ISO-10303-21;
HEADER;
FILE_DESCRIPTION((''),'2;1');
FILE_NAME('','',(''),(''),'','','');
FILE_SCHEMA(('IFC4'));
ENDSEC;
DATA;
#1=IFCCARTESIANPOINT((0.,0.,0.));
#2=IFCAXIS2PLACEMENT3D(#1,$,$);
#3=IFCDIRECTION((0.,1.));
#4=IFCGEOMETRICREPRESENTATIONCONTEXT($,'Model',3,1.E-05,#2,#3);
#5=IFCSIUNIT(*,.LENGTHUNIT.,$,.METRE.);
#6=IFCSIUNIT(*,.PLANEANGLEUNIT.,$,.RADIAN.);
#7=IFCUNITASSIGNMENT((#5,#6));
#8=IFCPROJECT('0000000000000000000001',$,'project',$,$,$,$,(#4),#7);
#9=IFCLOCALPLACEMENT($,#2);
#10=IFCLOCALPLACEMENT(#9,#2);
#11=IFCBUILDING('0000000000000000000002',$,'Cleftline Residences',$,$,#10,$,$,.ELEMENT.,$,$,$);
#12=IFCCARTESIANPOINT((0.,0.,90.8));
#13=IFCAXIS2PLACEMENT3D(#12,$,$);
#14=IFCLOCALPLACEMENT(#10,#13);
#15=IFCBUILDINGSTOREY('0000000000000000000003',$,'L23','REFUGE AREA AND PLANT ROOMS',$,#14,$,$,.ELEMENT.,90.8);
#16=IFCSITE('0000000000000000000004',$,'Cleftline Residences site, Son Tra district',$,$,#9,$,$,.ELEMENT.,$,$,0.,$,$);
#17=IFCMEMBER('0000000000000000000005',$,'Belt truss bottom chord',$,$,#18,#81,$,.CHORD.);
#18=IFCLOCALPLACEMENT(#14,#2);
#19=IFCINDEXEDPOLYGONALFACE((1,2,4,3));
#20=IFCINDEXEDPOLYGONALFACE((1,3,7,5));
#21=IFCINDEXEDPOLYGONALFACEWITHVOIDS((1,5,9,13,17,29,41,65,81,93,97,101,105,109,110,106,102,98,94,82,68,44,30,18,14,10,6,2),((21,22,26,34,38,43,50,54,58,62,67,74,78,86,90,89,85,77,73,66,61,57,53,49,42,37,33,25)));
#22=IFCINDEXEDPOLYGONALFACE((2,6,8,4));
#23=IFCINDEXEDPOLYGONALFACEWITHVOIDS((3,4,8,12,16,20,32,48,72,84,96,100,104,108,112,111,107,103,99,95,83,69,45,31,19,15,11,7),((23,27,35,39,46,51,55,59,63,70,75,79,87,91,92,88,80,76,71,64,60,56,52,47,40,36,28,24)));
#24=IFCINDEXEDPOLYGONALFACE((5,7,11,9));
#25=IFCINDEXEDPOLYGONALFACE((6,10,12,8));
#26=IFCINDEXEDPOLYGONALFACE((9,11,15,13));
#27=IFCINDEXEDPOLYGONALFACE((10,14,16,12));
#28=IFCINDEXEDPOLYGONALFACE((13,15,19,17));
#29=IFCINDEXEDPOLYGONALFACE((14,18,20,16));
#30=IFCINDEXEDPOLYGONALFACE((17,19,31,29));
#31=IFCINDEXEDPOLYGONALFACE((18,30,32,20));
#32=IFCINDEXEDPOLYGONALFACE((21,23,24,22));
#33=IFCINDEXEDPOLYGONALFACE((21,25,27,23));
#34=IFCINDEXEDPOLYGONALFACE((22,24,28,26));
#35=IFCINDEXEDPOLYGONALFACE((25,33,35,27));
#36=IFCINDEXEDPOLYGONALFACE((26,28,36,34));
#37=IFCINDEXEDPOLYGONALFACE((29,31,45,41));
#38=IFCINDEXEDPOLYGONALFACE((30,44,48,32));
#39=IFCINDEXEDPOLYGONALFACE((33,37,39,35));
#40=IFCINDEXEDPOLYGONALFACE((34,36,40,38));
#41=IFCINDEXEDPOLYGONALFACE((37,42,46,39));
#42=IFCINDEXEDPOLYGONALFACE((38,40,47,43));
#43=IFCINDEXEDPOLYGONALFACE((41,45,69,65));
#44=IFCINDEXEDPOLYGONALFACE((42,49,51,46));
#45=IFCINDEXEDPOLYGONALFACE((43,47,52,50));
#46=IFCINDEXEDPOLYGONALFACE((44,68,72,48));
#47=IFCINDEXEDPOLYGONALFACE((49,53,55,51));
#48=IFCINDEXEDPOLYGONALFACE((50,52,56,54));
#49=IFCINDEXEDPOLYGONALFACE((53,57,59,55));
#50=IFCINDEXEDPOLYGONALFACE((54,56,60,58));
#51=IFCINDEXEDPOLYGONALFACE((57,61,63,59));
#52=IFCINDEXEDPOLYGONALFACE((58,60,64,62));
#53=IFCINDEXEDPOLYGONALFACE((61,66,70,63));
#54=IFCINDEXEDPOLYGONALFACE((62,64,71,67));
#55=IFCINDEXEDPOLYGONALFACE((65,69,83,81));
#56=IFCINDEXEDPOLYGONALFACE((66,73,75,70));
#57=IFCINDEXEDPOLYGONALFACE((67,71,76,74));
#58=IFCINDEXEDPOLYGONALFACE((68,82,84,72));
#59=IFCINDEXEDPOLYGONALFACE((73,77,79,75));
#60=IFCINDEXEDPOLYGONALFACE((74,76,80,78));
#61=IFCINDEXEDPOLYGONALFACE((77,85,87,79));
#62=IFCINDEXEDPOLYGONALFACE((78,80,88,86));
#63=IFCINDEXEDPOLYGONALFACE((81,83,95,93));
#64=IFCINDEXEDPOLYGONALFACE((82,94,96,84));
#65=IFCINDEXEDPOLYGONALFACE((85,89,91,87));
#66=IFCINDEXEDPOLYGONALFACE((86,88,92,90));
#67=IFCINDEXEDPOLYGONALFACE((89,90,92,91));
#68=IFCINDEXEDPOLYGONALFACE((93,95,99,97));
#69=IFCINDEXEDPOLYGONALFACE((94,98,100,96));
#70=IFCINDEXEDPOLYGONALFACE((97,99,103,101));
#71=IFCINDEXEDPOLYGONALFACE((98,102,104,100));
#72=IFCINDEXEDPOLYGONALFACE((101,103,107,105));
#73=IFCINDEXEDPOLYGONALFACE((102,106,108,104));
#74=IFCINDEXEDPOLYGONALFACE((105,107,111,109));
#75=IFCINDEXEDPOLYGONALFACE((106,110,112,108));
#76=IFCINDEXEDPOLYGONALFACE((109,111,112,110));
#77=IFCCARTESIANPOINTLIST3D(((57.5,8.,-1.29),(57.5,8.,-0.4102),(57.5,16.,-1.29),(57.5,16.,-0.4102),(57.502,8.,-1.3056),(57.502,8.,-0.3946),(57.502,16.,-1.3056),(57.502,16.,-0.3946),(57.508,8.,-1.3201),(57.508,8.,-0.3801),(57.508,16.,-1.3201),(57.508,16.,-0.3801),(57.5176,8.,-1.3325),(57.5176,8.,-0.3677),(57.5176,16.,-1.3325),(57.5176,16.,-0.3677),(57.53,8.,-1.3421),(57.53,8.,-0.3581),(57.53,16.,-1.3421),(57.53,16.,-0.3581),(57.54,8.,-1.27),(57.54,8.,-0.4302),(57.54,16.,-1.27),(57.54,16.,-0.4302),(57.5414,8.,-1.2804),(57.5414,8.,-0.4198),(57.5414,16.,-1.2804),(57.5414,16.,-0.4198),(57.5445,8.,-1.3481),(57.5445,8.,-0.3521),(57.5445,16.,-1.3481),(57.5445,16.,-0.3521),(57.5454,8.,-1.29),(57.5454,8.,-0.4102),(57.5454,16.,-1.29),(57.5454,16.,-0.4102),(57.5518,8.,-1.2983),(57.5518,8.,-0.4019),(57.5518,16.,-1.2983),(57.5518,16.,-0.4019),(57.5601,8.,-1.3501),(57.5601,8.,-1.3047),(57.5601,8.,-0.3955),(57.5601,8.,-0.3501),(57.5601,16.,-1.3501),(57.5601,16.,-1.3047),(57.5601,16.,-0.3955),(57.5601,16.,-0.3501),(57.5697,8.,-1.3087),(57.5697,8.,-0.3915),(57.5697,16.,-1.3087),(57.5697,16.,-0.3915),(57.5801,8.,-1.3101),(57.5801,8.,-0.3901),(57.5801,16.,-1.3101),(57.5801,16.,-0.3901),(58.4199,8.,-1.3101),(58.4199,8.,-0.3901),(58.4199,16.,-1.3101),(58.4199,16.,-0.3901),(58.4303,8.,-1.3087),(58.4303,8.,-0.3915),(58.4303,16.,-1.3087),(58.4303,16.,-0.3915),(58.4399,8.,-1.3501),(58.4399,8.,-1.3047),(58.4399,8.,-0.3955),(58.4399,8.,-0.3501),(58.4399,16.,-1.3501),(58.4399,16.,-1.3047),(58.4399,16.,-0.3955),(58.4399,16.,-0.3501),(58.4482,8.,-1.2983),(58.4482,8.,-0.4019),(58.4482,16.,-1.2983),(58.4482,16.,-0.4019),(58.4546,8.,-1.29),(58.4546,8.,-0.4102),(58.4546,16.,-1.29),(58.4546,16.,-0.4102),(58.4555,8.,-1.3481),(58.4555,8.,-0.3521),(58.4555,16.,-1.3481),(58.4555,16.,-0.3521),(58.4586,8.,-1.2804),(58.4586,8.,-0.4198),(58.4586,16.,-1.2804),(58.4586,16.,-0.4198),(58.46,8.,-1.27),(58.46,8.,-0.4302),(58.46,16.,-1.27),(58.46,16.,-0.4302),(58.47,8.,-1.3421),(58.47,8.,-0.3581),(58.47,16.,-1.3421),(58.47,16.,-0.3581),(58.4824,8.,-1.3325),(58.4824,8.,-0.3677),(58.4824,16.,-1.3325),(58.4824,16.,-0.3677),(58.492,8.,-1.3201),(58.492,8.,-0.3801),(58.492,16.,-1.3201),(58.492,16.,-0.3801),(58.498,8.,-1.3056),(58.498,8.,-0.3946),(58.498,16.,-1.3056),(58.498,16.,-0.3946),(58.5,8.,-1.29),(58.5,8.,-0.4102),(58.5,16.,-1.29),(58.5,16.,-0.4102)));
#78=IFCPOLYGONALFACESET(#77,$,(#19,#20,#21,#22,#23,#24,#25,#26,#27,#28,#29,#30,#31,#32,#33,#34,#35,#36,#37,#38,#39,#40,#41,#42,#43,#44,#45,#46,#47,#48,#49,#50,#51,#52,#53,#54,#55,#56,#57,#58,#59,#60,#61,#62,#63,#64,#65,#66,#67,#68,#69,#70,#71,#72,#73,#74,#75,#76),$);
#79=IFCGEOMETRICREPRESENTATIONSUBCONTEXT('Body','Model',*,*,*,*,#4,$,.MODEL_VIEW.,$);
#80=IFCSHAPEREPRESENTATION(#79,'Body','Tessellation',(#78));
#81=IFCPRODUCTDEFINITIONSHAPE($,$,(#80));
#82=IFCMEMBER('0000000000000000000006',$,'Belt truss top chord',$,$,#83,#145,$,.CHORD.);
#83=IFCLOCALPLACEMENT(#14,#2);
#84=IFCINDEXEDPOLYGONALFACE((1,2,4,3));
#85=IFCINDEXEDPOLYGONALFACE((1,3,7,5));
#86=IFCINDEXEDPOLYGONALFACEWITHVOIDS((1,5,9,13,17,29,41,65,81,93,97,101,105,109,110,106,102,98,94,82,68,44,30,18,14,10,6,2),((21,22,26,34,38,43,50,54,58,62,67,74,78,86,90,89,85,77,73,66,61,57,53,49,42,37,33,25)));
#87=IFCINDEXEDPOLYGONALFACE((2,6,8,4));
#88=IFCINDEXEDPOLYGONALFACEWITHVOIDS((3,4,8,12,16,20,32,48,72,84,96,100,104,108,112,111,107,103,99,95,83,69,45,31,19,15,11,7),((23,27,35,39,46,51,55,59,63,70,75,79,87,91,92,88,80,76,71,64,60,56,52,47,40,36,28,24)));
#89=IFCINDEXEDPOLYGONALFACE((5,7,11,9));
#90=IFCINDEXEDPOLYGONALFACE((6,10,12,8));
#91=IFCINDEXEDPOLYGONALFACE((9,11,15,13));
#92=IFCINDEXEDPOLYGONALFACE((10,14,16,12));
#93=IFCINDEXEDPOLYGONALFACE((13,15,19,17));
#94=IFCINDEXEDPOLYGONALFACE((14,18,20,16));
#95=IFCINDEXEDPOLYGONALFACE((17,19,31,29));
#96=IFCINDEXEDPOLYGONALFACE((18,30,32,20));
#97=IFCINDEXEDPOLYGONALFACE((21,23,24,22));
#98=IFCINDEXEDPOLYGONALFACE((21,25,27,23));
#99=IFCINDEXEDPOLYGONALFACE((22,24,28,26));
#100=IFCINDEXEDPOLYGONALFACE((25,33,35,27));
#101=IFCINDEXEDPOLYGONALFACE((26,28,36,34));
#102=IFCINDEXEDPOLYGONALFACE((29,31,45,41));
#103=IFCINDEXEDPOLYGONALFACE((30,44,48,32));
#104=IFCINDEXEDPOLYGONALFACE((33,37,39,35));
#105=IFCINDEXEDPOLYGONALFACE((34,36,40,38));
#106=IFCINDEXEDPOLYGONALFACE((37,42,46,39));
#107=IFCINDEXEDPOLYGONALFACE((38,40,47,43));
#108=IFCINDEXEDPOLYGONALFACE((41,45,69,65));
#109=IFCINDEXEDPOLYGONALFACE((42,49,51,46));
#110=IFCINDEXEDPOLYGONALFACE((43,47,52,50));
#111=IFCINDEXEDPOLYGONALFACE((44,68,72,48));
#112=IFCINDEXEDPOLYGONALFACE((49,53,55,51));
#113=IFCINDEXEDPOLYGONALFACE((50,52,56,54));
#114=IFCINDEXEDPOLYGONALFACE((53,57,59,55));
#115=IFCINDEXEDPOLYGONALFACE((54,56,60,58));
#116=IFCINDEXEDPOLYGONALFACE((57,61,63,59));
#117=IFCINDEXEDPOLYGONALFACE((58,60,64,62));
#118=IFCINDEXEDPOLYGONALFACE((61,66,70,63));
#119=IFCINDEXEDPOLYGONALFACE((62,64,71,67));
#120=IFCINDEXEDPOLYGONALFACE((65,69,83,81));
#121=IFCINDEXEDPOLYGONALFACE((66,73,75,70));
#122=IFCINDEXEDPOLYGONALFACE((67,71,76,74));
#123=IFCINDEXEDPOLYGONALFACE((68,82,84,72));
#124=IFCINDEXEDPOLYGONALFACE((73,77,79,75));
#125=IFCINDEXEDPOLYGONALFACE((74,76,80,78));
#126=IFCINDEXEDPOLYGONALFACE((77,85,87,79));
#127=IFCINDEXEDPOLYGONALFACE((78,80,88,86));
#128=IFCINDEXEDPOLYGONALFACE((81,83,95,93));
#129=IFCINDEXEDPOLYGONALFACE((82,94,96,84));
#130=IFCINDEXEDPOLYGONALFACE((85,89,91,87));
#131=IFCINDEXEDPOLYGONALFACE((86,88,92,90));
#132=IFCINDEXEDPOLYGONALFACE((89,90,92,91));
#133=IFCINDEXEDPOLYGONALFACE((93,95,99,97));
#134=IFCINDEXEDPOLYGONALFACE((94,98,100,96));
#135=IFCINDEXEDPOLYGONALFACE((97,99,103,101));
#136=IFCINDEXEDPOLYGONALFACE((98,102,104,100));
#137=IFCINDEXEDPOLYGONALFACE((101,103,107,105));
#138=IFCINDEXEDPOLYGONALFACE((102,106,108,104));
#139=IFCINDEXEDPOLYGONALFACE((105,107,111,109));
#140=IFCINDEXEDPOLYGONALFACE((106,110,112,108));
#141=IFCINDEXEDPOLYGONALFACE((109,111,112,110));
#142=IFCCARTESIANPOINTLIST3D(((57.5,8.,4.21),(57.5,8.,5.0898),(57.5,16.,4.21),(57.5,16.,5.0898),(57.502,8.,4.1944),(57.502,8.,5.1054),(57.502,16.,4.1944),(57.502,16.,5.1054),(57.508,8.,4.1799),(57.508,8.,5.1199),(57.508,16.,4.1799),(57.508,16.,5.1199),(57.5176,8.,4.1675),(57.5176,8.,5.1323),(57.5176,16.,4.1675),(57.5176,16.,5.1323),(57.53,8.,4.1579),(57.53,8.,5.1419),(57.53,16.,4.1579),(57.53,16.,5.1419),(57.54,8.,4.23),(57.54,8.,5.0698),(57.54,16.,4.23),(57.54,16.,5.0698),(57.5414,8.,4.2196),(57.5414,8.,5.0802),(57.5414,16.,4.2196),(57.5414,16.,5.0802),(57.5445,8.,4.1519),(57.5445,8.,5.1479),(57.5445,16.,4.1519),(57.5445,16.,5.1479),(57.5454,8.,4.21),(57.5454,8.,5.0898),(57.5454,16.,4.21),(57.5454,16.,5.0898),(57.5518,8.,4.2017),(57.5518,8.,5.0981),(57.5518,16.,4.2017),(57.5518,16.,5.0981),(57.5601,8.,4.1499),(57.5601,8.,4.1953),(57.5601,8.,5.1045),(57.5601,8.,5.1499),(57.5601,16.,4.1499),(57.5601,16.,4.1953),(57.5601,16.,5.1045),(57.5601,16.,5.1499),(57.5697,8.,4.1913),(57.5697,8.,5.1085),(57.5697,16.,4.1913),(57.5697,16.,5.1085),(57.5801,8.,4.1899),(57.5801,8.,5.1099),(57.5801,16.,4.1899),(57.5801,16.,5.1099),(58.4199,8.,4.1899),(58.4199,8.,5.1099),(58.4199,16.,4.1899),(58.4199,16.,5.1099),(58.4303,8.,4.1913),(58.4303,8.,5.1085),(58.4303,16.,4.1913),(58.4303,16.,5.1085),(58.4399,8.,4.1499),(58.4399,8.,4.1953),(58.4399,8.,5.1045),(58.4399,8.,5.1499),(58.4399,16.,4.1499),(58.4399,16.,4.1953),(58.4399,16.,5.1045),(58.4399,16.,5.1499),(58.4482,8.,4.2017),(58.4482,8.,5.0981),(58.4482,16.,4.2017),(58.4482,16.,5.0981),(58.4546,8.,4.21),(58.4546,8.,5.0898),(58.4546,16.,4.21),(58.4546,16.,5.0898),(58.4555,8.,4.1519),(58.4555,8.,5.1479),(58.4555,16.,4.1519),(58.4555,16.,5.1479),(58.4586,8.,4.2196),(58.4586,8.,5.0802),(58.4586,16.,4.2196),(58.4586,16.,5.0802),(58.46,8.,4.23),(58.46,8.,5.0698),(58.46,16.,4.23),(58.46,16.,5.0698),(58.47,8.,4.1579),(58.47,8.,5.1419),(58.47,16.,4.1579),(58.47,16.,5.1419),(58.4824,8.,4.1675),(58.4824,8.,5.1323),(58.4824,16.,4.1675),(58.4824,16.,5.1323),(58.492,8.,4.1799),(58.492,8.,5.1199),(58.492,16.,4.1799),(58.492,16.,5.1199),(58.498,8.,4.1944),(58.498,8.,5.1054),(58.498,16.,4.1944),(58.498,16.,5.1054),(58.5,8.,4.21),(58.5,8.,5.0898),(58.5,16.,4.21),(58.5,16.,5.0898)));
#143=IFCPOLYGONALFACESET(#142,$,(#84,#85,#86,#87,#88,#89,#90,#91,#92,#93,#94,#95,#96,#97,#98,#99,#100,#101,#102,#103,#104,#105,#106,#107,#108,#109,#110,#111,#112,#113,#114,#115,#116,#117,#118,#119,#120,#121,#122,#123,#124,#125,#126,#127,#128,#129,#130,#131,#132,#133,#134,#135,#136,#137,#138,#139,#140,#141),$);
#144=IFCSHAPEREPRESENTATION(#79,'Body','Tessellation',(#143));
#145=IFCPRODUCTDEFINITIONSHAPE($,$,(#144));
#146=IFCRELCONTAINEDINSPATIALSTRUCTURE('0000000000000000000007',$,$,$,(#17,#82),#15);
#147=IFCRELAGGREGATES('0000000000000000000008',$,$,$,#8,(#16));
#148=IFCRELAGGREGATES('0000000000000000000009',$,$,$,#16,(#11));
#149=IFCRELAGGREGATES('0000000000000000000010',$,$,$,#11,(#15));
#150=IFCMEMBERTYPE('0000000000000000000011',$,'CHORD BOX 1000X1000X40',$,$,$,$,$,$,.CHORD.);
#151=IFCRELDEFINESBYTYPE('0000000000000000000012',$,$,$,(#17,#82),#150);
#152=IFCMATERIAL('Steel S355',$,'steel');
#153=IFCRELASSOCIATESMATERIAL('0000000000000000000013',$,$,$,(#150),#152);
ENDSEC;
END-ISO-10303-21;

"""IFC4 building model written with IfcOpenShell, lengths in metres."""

from ifc_helpers import new_model, si_unit, direction, frame, origin, origin_2d, place, context, subcontext, project, spatial, hollow_rectangle, extrude, material, material_profile, profile_set, type_object, element, save


model = new_model("IFC4")

# Units and contexts
model_context = context("Model", 3, precision=1e-05, world=origin(), true_north=direction((0.0, 1.0)))
body_context = subcontext(model_context, "Body", "Model", "MODEL_VIEW")
ifc_project = project(units=[si_unit("LENGTHUNIT", "METRE"), si_unit("PLANEANGLEUNIT", "RADIAN")], contexts=[model_context])

# Site, building, storey
site_placement = place(None, origin())
site = spatial("IfcSite", under=ifc_project, at=site_placement, Name="Cleftline Residences site, Son Tra district", CompositionType="ELEMENT", RefElevation=0.0)
building_placement = place(site_placement, origin())
building = spatial("IfcBuilding", under=site, at=building_placement, Name="Cleftline Residences", CompositionType="ELEMENT")
storey_placement = place(building_placement, frame((0.0, 0.0, 90.8)))
storey = spatial("IfcBuildingStorey", under=building, at=storey_placement, Name="L23", Description="REFUGE AREA AND PLANT ROOMS", CompositionType="ELEMENT", Elevation=90.8)

# Members
ifc_material_1 = material(Name="Steel S355", Category="steel")
ifc_material_profile_1 = material_profile(ifc_material_1, hollow_rectangle(XDim=1.0, YDim=1.0, WallThickness=0.04, InnerFilletRadius=0.04, OuterFilletRadius=0.0601, at=origin_2d()))
ifc_profile_set_1 = profile_set([ifc_material_profile_1], Name="Steel S355")
member_type_1 = type_object("IfcMemberType", Name="CHORD BOX 1000X1000X40", PredefinedType="CHORD", material=ifc_profile_set_1)
for number, where, z_axis, x_axis, name in (
    (1, (58.0, 8.0, -0.8501), (0.0, 1.0, 0.0), (-1.0, 0.0, 0.0), "Belt truss bottom chord"),
    (2, (58.0, 8.0, 4.6499), (0.0, 1.0, 0.0), (-1.0, 0.0, 0.0), "Belt truss top chord"),
):
    element("IfcMember", number, at=place(storey_placement, frame(where, z_axis=z_axis, x_axis=x_axis)), inside=storey, type_object=member_type_1, Name=name, PredefinedType="CHORD", context=body_context, shape_type="SweptSolid", body=[
        extrude(hollow_rectangle(XDim=1.0, YDim=1.0, WallThickness=0.04, InnerFilletRadius=0.04, OuterFilletRadius=0.0601, at=origin_2d()), origin(), (0.0, 0.0, 1.0), 8.0),
    ])

save(model, "model.ifc")
